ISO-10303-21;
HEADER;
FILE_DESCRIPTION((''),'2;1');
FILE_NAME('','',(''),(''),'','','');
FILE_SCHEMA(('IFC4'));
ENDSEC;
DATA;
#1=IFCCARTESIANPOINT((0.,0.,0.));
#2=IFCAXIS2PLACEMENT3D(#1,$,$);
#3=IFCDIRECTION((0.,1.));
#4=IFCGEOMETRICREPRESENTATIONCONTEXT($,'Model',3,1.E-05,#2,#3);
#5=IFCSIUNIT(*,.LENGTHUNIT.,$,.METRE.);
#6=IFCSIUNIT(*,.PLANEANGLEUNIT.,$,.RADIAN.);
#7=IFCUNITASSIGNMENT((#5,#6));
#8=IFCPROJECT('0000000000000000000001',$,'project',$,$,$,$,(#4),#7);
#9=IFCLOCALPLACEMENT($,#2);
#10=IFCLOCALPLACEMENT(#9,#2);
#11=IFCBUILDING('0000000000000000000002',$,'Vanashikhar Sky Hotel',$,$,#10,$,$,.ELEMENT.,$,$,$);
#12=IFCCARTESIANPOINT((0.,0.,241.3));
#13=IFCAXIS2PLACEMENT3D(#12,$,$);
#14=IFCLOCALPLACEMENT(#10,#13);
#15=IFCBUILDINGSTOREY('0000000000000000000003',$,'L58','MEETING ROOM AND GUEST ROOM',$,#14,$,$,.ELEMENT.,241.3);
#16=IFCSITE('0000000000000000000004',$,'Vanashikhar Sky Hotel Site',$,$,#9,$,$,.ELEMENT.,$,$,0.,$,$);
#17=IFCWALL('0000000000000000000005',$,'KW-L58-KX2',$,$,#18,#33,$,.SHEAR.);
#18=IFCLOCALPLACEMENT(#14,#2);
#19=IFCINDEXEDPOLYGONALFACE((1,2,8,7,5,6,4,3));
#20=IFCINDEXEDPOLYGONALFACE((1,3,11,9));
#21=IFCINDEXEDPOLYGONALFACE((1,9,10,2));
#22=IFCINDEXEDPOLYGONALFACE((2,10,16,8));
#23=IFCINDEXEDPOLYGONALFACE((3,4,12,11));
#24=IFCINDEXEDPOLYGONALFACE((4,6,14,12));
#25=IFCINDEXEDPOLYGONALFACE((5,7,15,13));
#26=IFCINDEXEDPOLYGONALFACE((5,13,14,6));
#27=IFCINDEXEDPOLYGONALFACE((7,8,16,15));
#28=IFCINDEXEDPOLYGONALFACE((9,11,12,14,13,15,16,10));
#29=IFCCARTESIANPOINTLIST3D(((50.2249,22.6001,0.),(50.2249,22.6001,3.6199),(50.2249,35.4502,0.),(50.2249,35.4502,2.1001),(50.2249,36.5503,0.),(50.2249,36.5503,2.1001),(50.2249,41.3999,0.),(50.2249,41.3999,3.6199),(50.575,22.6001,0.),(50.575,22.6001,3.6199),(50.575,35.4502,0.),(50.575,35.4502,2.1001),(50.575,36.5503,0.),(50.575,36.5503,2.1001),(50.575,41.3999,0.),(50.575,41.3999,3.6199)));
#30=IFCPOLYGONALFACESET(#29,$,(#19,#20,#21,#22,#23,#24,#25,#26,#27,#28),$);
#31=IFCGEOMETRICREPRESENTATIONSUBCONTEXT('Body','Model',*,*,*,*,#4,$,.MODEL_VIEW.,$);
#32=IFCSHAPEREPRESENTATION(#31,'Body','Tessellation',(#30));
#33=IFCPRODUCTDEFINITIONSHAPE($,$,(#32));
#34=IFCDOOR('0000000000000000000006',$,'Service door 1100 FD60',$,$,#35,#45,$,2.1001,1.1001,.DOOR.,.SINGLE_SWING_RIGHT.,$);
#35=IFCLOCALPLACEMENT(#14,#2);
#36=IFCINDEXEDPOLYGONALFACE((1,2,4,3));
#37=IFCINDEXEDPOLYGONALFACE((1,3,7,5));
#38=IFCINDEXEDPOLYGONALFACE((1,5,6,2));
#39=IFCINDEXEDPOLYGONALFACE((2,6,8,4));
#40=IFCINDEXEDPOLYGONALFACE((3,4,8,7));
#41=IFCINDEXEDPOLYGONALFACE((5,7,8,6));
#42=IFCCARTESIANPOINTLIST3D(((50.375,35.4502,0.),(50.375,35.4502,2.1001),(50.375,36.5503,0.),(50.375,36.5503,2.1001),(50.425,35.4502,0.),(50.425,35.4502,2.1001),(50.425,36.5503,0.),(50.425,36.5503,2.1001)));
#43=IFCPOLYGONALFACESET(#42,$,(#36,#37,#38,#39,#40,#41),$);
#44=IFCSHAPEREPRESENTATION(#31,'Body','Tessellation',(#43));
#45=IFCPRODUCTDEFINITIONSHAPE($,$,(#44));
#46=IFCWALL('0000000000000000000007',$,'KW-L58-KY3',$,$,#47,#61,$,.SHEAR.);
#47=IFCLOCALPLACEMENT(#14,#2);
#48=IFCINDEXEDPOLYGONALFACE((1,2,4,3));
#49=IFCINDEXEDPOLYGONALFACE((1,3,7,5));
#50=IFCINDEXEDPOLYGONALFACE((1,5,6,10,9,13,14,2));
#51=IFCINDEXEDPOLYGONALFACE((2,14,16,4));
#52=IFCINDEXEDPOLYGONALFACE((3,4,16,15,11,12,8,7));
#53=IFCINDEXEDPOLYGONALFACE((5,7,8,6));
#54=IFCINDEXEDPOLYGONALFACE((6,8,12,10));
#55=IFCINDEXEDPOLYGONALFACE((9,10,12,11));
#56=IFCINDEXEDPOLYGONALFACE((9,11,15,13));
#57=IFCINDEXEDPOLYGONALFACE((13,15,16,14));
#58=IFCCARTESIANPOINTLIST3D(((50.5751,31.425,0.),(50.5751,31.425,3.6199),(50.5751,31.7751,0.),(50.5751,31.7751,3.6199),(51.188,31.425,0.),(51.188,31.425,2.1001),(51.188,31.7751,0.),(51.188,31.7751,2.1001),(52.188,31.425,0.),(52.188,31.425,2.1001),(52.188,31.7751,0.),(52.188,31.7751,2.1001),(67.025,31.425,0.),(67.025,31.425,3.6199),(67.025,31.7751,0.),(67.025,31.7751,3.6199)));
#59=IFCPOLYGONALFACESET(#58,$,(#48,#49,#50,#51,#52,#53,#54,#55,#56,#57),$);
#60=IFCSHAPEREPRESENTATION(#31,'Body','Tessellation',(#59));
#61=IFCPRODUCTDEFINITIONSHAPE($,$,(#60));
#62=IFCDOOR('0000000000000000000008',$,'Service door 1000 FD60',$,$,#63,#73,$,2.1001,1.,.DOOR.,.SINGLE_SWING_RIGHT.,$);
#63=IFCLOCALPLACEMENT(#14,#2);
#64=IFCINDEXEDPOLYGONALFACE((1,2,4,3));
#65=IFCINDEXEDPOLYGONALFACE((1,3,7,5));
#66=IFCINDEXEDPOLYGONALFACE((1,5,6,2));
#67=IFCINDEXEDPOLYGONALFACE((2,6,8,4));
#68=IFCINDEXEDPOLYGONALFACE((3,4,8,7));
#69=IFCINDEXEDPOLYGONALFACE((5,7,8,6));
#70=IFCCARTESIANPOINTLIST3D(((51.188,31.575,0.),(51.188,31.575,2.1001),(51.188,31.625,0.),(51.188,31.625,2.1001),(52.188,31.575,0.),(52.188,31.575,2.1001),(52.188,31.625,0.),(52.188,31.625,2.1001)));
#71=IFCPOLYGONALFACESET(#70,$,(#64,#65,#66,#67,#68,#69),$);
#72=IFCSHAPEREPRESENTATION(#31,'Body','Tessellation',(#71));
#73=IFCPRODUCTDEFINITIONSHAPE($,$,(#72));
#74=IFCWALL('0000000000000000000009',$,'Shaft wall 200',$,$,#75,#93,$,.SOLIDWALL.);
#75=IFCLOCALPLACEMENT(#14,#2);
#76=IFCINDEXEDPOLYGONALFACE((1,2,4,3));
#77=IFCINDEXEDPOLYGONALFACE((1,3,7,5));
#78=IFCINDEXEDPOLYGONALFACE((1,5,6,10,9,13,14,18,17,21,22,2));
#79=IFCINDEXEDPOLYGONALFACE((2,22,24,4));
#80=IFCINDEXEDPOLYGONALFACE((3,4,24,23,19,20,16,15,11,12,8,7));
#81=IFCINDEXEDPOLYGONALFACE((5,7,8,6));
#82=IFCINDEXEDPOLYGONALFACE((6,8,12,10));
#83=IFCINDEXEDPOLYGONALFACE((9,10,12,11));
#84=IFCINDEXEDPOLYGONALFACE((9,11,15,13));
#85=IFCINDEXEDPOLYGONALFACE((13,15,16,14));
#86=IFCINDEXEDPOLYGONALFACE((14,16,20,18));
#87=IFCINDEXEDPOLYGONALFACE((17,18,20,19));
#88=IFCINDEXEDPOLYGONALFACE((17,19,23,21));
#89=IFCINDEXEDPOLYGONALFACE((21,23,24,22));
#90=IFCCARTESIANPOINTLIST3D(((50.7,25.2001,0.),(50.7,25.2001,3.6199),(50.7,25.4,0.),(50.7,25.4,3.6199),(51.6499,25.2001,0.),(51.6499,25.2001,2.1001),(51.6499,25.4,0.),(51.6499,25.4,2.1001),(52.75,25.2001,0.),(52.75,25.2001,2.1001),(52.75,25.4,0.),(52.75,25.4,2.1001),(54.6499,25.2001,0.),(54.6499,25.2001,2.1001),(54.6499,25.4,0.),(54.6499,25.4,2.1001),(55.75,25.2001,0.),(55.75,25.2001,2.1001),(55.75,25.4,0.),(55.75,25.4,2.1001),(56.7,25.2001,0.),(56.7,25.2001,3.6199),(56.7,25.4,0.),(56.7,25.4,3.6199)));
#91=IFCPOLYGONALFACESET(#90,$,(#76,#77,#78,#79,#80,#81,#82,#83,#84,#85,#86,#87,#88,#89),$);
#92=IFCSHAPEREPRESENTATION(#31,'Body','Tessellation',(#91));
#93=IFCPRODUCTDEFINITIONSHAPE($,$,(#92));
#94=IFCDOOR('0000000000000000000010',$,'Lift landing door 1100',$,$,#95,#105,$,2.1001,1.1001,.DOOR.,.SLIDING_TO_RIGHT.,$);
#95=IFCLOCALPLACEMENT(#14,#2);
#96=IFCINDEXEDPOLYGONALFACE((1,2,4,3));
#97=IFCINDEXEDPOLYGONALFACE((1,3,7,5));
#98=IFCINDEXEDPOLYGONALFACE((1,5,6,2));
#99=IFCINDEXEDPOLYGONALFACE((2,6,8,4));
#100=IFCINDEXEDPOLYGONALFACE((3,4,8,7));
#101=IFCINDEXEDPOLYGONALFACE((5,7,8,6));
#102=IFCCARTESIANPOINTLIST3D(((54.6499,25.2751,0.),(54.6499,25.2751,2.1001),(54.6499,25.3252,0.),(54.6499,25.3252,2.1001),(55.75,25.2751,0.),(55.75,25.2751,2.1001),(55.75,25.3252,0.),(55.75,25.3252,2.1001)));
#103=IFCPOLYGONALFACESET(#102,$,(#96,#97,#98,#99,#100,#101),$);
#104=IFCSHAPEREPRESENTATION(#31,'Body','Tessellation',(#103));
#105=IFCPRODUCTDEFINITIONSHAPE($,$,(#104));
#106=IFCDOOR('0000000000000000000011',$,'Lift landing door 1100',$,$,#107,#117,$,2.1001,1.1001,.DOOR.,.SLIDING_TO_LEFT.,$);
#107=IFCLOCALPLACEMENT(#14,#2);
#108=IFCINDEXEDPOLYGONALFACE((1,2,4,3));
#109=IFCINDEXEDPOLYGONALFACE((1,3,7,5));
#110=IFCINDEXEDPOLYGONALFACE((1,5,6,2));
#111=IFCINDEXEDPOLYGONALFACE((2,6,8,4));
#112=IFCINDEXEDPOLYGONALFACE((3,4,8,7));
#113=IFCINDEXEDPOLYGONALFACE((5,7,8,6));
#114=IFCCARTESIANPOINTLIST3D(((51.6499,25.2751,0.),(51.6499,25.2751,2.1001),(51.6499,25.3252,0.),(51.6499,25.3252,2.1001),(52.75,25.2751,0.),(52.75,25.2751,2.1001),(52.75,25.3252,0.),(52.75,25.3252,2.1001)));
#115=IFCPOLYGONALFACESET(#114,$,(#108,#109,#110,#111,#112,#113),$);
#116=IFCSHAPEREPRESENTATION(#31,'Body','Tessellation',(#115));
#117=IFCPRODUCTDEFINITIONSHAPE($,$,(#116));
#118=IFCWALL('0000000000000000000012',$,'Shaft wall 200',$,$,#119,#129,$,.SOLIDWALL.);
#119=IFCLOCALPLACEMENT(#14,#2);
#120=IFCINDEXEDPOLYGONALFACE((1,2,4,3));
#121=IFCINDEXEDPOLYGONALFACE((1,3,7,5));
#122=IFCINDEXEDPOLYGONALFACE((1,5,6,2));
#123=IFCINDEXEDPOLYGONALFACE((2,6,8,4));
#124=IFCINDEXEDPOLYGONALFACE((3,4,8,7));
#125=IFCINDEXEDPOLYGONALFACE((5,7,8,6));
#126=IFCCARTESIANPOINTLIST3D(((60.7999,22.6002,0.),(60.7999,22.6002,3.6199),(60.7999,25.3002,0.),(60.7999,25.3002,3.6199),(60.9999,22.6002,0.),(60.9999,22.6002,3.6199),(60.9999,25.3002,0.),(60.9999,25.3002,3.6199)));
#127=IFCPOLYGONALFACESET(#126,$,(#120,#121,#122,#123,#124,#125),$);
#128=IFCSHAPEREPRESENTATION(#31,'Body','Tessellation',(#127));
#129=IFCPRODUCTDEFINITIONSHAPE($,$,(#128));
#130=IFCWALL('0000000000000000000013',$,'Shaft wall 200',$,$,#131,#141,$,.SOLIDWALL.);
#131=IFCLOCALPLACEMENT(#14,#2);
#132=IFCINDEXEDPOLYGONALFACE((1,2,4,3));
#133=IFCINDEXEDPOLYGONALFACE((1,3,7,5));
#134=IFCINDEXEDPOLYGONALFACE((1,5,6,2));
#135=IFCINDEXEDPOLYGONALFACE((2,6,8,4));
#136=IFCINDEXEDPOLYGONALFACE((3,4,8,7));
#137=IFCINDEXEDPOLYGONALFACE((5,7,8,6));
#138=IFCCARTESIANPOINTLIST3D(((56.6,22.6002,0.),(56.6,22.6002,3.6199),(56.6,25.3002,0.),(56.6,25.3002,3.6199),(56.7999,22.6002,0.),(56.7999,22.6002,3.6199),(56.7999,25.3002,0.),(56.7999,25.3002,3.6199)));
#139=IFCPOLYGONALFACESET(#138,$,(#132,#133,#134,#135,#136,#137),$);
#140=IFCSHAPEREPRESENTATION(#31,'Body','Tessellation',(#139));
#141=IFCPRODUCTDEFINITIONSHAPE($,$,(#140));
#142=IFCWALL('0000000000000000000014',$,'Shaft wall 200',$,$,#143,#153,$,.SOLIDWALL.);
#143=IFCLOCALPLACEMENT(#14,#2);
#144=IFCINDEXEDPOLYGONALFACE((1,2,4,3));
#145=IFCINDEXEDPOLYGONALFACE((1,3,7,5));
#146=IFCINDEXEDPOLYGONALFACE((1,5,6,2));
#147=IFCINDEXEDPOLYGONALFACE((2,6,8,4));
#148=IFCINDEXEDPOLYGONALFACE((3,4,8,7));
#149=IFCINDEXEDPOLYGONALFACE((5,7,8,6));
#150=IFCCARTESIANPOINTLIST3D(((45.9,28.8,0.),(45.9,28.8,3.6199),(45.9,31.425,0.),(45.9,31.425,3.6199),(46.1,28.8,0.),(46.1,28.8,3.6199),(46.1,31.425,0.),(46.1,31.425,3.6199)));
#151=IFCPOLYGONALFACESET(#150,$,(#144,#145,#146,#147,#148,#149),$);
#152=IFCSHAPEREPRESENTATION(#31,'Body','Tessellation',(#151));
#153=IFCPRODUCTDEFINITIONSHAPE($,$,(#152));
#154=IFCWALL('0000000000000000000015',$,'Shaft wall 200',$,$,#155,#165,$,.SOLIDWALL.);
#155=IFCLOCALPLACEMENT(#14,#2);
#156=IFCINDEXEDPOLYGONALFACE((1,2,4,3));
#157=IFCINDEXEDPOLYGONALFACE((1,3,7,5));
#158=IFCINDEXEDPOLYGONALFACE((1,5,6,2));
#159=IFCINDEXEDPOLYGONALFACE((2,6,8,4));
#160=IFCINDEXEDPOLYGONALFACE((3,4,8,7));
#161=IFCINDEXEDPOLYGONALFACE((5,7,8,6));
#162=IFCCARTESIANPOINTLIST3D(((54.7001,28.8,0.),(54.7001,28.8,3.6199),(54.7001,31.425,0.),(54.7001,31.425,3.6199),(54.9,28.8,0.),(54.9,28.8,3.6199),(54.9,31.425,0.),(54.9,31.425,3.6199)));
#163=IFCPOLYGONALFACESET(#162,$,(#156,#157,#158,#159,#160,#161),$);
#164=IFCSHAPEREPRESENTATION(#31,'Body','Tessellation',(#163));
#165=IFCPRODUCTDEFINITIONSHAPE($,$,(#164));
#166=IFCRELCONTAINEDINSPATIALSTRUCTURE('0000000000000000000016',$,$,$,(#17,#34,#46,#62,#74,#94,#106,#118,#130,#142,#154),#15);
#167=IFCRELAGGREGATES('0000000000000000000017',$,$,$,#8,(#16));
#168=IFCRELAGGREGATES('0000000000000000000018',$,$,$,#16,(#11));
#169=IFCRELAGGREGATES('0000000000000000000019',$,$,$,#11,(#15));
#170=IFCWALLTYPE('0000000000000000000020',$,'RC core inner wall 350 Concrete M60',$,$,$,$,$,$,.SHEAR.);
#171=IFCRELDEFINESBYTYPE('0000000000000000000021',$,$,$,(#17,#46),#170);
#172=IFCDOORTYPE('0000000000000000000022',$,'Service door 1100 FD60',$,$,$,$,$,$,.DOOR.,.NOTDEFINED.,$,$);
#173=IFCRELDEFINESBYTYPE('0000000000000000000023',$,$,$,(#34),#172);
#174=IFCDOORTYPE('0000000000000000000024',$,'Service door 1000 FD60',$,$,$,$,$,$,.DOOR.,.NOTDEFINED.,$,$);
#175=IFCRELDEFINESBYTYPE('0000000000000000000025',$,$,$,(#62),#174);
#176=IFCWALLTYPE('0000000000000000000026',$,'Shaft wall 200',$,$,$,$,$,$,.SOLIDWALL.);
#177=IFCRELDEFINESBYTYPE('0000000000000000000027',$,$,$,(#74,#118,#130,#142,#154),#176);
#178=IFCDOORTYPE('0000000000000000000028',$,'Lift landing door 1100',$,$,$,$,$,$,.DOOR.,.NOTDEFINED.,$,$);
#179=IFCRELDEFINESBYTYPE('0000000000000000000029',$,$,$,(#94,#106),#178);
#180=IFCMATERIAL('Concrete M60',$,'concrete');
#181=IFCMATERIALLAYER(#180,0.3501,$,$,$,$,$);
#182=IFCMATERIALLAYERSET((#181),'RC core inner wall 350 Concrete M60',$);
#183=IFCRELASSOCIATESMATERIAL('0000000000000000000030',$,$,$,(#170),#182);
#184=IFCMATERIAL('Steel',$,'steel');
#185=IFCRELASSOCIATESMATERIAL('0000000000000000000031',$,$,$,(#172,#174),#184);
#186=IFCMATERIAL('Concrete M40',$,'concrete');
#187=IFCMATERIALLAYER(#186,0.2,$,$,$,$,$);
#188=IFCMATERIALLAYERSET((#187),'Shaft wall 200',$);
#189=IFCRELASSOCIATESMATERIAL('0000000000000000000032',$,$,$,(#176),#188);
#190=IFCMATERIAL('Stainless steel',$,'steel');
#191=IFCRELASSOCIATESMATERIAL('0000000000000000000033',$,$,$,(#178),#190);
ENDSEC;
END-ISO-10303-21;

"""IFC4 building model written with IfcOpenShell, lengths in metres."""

from ifc_helpers import new_model, si_unit, direction, frame, frame_2d, origin, place, context, subcontext, project, spatial, rectangle, extrude, source, transform, mapped, material, layer, layer_set, type_object, element, fill, save


model = new_model("IFC4")

# Units and contexts
model_context = context("Model", 3, precision=1e-05, world=origin(), true_north=direction((0.0, 1.0)))
body_context = subcontext(model_context, "Body", "Model", "MODEL_VIEW")
ifc_project = project(units=[si_unit("LENGTHUNIT", "METRE"), si_unit("PLANEANGLEUNIT", "RADIAN")], contexts=[model_context])

# Site, building, storey
site_placement = place(None, origin())
site = spatial("IfcSite", under=ifc_project, at=site_placement, Name="Vanashikhar Sky Hotel Site", CompositionType="ELEMENT", RefElevation=0.0)
building_placement = place(site_placement, origin())
building = spatial("IfcBuilding", under=site, at=building_placement, Name="Vanashikhar Sky Hotel", CompositionType="ELEMENT")
storey_placement = place(building_placement, frame((0.0, 0.0, 241.3)))
storey = spatial("IfcBuildingStorey", under=building, at=storey_placement, Name="L58", Description="MEETING ROOM AND GUEST ROOM", CompositionType="ELEMENT", Elevation=241.3)

# Walls, openings, doors
ifc_material_1 = material(Name="Concrete M60", Category="concrete")
ifc_layer_1 = layer(ifc_material_1, 0.3501)
ifc_layer_set_1 = layer_set([ifc_layer_1], Name="RC core inner wall 350 Concrete M60")
wall_type_1 = type_object("IfcWallType", Name="RC core inner wall 350 Concrete M60", PredefinedType="SHEAR", material=ifc_layer_set_1)
shared_shape_1 = source(origin(), body_context, "Body", "SweptSolid", [
    extrude(rectangle(XDim=18.7998, YDim=0.3501, at=frame_2d((9.3999, 0.0))), origin(), (0.0, 0.0, 1.0), 3.6199),
])
wall_1_placement = place(storey_placement, frame((50.3999, 22.6001, 0.0), z_axis=(0.0, 0.0, 1.0), x_axis=(0.0, 1.0, 0.0)))
wall_1 = element("IfcWall", 1, at=wall_1_placement, inside=storey, type_object=wall_type_1, Name="KW-L58-KX2", PredefinedType="SHEAR", context=body_context, shape_type="MappedRepresentation", body=[
    mapped(shared_shape_1, transform((0.0, 0.0, 0.0), scale=1.0)),
])
shared_shape_2 = source(origin(), body_context, "Body", "SweptSolid", [
    extrude(rectangle(XDim=1.1001, YDim=2.1001, at=frame_2d((0.55, 1.05))), frame((0.0, 0.1851, 0.0), z_axis=(0.0, -1.0, 0.0), x_axis=(1.0, 0.0, 0.0)), (0.0, 0.0, 1.0), 0.3701),
])
opening_1_placement = place(wall_1_placement, frame((12.8501, 0.0, 0.0)))
opening_1 = element("IfcOpeningElement", 2, at=opening_1_placement, cuts=wall_1, PredefinedType="OPENING", context=body_context, shape_type="MappedRepresentation", body=[
    mapped(shared_shape_2, transform((0.0, 0.0, 0.0), scale=1.0)),
])
ifc_material_2 = material(Name="Steel", Category="steel")
door_type_1 = type_object("IfcDoorType", Name="Service door 1100 FD60", OperationType="NOTDEFINED", PredefinedType="DOOR", material=ifc_material_2)
shared_shape_3 = source(origin(), body_context, "Body", "SweptSolid", [
    extrude(rectangle(XDim=1.1001, YDim=2.1001, at=frame_2d((0.55, 1.05))), frame((0.0, 0.0249, 0.0), z_axis=(0.0, -1.0, 0.0), x_axis=(1.0, 0.0, 0.0)), (0.0, 0.0, 1.0), 0.05),
])
door_1_placement = place(opening_1_placement, origin())
door_1 = element("IfcDoor", 3, at=door_1_placement, inside=storey, type_object=door_type_1, Name="Service door 1100 FD60", OperationType="SINGLE_SWING_RIGHT", OverallHeight=2.1001, OverallWidth=1.1001, PredefinedType="DOOR", context=body_context, shape_type="MappedRepresentation", body=[
    mapped(shared_shape_3, transform((0.0, 0.0, 0.0), scale=1.0)),
])
fill(opening_1, door_1)
shared_shape_4 = source(origin(), body_context, "Body", "SweptSolid", [
    extrude(rectangle(XDim=16.45, YDim=0.3501, at=frame_2d((8.2251, 0.0))), origin(), (0.0, 0.0, 1.0), 3.6199),
])
wall_2_placement = place(storey_placement, frame((50.575, 31.6001, 0.0), z_axis=(0.0, 0.0, 1.0), x_axis=(1.0, 0.0, 0.0)))
wall_2 = element("IfcWall", 4, at=wall_2_placement, inside=storey, type_object=wall_type_1, Name="KW-L58-KY3", PredefinedType="SHEAR", context=body_context, shape_type="MappedRepresentation", body=[
    mapped(shared_shape_4, transform((0.0, 0.0, 0.0), scale=1.0)),
])
shared_shape_5 = source(origin(), body_context, "Body", "SweptSolid", [
    extrude(rectangle(XDim=1.0, YDim=2.1001, at=frame_2d((0.5, 1.05))), frame((0.0, 0.1851, 0.0), z_axis=(0.0, -1.0, 0.0), x_axis=(1.0, 0.0, 0.0)), (0.0, 0.0, 1.0), 0.3701),
])
opening_2_placement = place(wall_2_placement, frame((0.613, 0.0, 0.0)))
opening_2 = element("IfcOpeningElement", 5, at=opening_2_placement, cuts=wall_2, PredefinedType="OPENING", context=body_context, shape_type="MappedRepresentation", body=[
    mapped(shared_shape_5, transform((0.0, 0.0, 0.0), scale=1.0)),
])
door_type_2 = type_object("IfcDoorType", Name="Service door 1000 FD60", OperationType="NOTDEFINED", PredefinedType="DOOR", material=ifc_material_2)
shared_shape_6 = source(origin(), body_context, "Body", "SweptSolid", [
    extrude(rectangle(XDim=1.0, YDim=2.1001, at=frame_2d((0.5, 1.05))), frame((0.0, 0.0249, 0.0), z_axis=(0.0, -1.0, 0.0), x_axis=(1.0, 0.0, 0.0)), (0.0, 0.0, 1.0), 0.05),
])
door_2_placement = place(opening_2_placement, origin())
door_2 = element("IfcDoor", 6, at=door_2_placement, inside=storey, type_object=door_type_2, Name="Service door 1000 FD60", OperationType="SINGLE_SWING_RIGHT", OverallHeight=2.1001, OverallWidth=1.0, PredefinedType="DOOR", context=body_context, shape_type="MappedRepresentation", body=[
    mapped(shared_shape_6, transform((0.0, 0.0, 0.0), scale=1.0)),
])
fill(opening_2, door_2)

# Wall, openings, doors
ifc_material_3 = material(Name="Concrete M40", Category="concrete")
ifc_layer_2 = layer(ifc_material_3, 0.2)
ifc_layer_set_2 = layer_set([ifc_layer_2], Name="Shaft wall 200")
wall_type_2 = type_object("IfcWallType", Name="Shaft wall 200", PredefinedType="SOLIDWALL", material=ifc_layer_set_2)
shared_shape_7 = source(origin(), body_context, "Body", "SweptSolid", [
    extrude(rectangle(XDim=6.0, YDim=0.2, at=frame_2d((3.0, 0.0))), origin(), (0.0, 0.0, 1.0), 3.6199),
])
wall_3_placement = place(storey_placement, frame((56.7, 25.3, 0.0), z_axis=(0.0, 0.0, 1.0), x_axis=(-1.0, 0.0, 0.0)))
wall_3 = element("IfcWall", 7, at=wall_3_placement, inside=storey, type_object=wall_type_2, Name="Shaft wall 200", PredefinedType="SOLIDWALL", context=body_context, shape_type="MappedRepresentation", body=[
    mapped(shared_shape_7, transform((0.0, 0.0, 0.0), scale=1.0)),
])
shared_shape_8 = source(origin(), body_context, "Body", "SweptSolid", [
    extrude(rectangle(XDim=1.1001, YDim=2.1001, at=frame_2d((0.55, 1.05))), frame((0.0, 0.1099, 0.0), z_axis=(0.0, -1.0, 0.0), x_axis=(1.0, 0.0, 0.0)), (0.0, 0.0, 1.0), 0.22),
])
opening_3_placement = place(wall_3_placement, frame((0.95, 0.0, 0.0)))
opening_3 = element("IfcOpeningElement", 8, at=opening_3_placement, cuts=wall_3, PredefinedType="OPENING", context=body_context, shape_type="MappedRepresentation", body=[
    mapped(shared_shape_8, transform((0.0, 0.0, 0.0), scale=1.0)),
])
opening_4_placement = place(wall_3_placement, frame((3.95, 0.0, 0.0)))
opening_4 = element("IfcOpeningElement", 9, at=opening_4_placement, cuts=wall_3, PredefinedType="OPENING", context=body_context, shape_type="MappedRepresentation", body=[
    mapped(shared_shape_8, transform((0.0, 0.0, 0.0), scale=1.0)),
])
ifc_material_4 = material(Name="Stainless steel", Category="steel")
door_type_3 = type_object("IfcDoorType", Name="Lift landing door 1100", OperationType="NOTDEFINED", PredefinedType="DOOR", material=ifc_material_4)
door_3_placement = place(opening_3_placement, origin())
door_3 = element("IfcDoor", 10, at=door_3_placement, inside=storey, type_object=door_type_3, Name="Lift landing door 1100", OperationType="SLIDING_TO_RIGHT", OverallHeight=2.1001, OverallWidth=1.1001, PredefinedType="DOOR", context=body_context, shape_type="MappedRepresentation", body=[
    mapped(shared_shape_3, transform((0.0, 0.0, 0.0), scale=1.0)),
])
fill(opening_3, door_3)
door_4_placement = place(opening_4_placement, origin())
door_4 = element("IfcDoor", 11, at=door_4_placement, inside=storey, type_object=door_type_3, Name="Lift landing door 1100", OperationType="SLIDING_TO_LEFT", OverallHeight=2.1001, OverallWidth=1.1001, PredefinedType="DOOR", context=body_context, shape_type="MappedRepresentation", body=[
    mapped(shared_shape_3, transform((0.0, 0.0, 0.0), scale=1.0)),
])
fill(opening_4, door_4)

# Walls
shared_shape_9 = source(origin(), body_context, "Body", "SweptSolid", [
    extrude(rectangle(XDim=2.7, YDim=0.2, at=frame_2d((1.3501, 0.0))), origin(), (0.0, 0.0, 1.0), 3.6199),
])
for number, where, z_axis, x_axis, name in (
    (12, (60.8999, 22.6001, 0.0), (0.0, 0.0, 1.0), (0.0, 1.0, 0.0), "Shaft wall 200"),
    (13, (56.7, 22.6001, 0.0), (0.0, 0.0, 1.0), (0.0, 1.0, 0.0), "Shaft wall 200"),
):
    element("IfcWall", number, at=place(storey_placement, frame(where, z_axis=z_axis, x_axis=x_axis)), inside=storey, type_object=wall_type_2, Name=name, PredefinedType="SOLIDWALL", context=body_context, shape_type="MappedRepresentation", body=[
        mapped(shared_shape_9, transform((0.0, 0.0, 0.0), scale=1.0)),
    ])
shared_shape_10 = source(origin(), body_context, "Body", "SweptSolid", [
    extrude(rectangle(XDim=2.625, YDim=0.2, at=frame_2d((1.3125, 0.0))), origin(), (0.0, 0.0, 1.0), 3.6199),
])
for number, where, z_axis, x_axis, name in (
    (14, (46.0, 28.8, 0.0), (0.0, 0.0, 1.0), (0.0, 1.0, 0.0), "Shaft wall 200"),
    (15, (54.8, 28.8, 0.0), (0.0, 0.0, 1.0), (0.0, 1.0, 0.0), "Shaft wall 200"),
):
    element("IfcWall", number, at=place(storey_placement, frame(where, z_axis=z_axis, x_axis=x_axis)), inside=storey, type_object=wall_type_2, Name=name, PredefinedType="SOLIDWALL", context=body_context, shape_type="MappedRepresentation", body=[
        mapped(shared_shape_10, transform((0.0, 0.0, 0.0), scale=1.0)),
    ])

save(model, "model.ifc")
